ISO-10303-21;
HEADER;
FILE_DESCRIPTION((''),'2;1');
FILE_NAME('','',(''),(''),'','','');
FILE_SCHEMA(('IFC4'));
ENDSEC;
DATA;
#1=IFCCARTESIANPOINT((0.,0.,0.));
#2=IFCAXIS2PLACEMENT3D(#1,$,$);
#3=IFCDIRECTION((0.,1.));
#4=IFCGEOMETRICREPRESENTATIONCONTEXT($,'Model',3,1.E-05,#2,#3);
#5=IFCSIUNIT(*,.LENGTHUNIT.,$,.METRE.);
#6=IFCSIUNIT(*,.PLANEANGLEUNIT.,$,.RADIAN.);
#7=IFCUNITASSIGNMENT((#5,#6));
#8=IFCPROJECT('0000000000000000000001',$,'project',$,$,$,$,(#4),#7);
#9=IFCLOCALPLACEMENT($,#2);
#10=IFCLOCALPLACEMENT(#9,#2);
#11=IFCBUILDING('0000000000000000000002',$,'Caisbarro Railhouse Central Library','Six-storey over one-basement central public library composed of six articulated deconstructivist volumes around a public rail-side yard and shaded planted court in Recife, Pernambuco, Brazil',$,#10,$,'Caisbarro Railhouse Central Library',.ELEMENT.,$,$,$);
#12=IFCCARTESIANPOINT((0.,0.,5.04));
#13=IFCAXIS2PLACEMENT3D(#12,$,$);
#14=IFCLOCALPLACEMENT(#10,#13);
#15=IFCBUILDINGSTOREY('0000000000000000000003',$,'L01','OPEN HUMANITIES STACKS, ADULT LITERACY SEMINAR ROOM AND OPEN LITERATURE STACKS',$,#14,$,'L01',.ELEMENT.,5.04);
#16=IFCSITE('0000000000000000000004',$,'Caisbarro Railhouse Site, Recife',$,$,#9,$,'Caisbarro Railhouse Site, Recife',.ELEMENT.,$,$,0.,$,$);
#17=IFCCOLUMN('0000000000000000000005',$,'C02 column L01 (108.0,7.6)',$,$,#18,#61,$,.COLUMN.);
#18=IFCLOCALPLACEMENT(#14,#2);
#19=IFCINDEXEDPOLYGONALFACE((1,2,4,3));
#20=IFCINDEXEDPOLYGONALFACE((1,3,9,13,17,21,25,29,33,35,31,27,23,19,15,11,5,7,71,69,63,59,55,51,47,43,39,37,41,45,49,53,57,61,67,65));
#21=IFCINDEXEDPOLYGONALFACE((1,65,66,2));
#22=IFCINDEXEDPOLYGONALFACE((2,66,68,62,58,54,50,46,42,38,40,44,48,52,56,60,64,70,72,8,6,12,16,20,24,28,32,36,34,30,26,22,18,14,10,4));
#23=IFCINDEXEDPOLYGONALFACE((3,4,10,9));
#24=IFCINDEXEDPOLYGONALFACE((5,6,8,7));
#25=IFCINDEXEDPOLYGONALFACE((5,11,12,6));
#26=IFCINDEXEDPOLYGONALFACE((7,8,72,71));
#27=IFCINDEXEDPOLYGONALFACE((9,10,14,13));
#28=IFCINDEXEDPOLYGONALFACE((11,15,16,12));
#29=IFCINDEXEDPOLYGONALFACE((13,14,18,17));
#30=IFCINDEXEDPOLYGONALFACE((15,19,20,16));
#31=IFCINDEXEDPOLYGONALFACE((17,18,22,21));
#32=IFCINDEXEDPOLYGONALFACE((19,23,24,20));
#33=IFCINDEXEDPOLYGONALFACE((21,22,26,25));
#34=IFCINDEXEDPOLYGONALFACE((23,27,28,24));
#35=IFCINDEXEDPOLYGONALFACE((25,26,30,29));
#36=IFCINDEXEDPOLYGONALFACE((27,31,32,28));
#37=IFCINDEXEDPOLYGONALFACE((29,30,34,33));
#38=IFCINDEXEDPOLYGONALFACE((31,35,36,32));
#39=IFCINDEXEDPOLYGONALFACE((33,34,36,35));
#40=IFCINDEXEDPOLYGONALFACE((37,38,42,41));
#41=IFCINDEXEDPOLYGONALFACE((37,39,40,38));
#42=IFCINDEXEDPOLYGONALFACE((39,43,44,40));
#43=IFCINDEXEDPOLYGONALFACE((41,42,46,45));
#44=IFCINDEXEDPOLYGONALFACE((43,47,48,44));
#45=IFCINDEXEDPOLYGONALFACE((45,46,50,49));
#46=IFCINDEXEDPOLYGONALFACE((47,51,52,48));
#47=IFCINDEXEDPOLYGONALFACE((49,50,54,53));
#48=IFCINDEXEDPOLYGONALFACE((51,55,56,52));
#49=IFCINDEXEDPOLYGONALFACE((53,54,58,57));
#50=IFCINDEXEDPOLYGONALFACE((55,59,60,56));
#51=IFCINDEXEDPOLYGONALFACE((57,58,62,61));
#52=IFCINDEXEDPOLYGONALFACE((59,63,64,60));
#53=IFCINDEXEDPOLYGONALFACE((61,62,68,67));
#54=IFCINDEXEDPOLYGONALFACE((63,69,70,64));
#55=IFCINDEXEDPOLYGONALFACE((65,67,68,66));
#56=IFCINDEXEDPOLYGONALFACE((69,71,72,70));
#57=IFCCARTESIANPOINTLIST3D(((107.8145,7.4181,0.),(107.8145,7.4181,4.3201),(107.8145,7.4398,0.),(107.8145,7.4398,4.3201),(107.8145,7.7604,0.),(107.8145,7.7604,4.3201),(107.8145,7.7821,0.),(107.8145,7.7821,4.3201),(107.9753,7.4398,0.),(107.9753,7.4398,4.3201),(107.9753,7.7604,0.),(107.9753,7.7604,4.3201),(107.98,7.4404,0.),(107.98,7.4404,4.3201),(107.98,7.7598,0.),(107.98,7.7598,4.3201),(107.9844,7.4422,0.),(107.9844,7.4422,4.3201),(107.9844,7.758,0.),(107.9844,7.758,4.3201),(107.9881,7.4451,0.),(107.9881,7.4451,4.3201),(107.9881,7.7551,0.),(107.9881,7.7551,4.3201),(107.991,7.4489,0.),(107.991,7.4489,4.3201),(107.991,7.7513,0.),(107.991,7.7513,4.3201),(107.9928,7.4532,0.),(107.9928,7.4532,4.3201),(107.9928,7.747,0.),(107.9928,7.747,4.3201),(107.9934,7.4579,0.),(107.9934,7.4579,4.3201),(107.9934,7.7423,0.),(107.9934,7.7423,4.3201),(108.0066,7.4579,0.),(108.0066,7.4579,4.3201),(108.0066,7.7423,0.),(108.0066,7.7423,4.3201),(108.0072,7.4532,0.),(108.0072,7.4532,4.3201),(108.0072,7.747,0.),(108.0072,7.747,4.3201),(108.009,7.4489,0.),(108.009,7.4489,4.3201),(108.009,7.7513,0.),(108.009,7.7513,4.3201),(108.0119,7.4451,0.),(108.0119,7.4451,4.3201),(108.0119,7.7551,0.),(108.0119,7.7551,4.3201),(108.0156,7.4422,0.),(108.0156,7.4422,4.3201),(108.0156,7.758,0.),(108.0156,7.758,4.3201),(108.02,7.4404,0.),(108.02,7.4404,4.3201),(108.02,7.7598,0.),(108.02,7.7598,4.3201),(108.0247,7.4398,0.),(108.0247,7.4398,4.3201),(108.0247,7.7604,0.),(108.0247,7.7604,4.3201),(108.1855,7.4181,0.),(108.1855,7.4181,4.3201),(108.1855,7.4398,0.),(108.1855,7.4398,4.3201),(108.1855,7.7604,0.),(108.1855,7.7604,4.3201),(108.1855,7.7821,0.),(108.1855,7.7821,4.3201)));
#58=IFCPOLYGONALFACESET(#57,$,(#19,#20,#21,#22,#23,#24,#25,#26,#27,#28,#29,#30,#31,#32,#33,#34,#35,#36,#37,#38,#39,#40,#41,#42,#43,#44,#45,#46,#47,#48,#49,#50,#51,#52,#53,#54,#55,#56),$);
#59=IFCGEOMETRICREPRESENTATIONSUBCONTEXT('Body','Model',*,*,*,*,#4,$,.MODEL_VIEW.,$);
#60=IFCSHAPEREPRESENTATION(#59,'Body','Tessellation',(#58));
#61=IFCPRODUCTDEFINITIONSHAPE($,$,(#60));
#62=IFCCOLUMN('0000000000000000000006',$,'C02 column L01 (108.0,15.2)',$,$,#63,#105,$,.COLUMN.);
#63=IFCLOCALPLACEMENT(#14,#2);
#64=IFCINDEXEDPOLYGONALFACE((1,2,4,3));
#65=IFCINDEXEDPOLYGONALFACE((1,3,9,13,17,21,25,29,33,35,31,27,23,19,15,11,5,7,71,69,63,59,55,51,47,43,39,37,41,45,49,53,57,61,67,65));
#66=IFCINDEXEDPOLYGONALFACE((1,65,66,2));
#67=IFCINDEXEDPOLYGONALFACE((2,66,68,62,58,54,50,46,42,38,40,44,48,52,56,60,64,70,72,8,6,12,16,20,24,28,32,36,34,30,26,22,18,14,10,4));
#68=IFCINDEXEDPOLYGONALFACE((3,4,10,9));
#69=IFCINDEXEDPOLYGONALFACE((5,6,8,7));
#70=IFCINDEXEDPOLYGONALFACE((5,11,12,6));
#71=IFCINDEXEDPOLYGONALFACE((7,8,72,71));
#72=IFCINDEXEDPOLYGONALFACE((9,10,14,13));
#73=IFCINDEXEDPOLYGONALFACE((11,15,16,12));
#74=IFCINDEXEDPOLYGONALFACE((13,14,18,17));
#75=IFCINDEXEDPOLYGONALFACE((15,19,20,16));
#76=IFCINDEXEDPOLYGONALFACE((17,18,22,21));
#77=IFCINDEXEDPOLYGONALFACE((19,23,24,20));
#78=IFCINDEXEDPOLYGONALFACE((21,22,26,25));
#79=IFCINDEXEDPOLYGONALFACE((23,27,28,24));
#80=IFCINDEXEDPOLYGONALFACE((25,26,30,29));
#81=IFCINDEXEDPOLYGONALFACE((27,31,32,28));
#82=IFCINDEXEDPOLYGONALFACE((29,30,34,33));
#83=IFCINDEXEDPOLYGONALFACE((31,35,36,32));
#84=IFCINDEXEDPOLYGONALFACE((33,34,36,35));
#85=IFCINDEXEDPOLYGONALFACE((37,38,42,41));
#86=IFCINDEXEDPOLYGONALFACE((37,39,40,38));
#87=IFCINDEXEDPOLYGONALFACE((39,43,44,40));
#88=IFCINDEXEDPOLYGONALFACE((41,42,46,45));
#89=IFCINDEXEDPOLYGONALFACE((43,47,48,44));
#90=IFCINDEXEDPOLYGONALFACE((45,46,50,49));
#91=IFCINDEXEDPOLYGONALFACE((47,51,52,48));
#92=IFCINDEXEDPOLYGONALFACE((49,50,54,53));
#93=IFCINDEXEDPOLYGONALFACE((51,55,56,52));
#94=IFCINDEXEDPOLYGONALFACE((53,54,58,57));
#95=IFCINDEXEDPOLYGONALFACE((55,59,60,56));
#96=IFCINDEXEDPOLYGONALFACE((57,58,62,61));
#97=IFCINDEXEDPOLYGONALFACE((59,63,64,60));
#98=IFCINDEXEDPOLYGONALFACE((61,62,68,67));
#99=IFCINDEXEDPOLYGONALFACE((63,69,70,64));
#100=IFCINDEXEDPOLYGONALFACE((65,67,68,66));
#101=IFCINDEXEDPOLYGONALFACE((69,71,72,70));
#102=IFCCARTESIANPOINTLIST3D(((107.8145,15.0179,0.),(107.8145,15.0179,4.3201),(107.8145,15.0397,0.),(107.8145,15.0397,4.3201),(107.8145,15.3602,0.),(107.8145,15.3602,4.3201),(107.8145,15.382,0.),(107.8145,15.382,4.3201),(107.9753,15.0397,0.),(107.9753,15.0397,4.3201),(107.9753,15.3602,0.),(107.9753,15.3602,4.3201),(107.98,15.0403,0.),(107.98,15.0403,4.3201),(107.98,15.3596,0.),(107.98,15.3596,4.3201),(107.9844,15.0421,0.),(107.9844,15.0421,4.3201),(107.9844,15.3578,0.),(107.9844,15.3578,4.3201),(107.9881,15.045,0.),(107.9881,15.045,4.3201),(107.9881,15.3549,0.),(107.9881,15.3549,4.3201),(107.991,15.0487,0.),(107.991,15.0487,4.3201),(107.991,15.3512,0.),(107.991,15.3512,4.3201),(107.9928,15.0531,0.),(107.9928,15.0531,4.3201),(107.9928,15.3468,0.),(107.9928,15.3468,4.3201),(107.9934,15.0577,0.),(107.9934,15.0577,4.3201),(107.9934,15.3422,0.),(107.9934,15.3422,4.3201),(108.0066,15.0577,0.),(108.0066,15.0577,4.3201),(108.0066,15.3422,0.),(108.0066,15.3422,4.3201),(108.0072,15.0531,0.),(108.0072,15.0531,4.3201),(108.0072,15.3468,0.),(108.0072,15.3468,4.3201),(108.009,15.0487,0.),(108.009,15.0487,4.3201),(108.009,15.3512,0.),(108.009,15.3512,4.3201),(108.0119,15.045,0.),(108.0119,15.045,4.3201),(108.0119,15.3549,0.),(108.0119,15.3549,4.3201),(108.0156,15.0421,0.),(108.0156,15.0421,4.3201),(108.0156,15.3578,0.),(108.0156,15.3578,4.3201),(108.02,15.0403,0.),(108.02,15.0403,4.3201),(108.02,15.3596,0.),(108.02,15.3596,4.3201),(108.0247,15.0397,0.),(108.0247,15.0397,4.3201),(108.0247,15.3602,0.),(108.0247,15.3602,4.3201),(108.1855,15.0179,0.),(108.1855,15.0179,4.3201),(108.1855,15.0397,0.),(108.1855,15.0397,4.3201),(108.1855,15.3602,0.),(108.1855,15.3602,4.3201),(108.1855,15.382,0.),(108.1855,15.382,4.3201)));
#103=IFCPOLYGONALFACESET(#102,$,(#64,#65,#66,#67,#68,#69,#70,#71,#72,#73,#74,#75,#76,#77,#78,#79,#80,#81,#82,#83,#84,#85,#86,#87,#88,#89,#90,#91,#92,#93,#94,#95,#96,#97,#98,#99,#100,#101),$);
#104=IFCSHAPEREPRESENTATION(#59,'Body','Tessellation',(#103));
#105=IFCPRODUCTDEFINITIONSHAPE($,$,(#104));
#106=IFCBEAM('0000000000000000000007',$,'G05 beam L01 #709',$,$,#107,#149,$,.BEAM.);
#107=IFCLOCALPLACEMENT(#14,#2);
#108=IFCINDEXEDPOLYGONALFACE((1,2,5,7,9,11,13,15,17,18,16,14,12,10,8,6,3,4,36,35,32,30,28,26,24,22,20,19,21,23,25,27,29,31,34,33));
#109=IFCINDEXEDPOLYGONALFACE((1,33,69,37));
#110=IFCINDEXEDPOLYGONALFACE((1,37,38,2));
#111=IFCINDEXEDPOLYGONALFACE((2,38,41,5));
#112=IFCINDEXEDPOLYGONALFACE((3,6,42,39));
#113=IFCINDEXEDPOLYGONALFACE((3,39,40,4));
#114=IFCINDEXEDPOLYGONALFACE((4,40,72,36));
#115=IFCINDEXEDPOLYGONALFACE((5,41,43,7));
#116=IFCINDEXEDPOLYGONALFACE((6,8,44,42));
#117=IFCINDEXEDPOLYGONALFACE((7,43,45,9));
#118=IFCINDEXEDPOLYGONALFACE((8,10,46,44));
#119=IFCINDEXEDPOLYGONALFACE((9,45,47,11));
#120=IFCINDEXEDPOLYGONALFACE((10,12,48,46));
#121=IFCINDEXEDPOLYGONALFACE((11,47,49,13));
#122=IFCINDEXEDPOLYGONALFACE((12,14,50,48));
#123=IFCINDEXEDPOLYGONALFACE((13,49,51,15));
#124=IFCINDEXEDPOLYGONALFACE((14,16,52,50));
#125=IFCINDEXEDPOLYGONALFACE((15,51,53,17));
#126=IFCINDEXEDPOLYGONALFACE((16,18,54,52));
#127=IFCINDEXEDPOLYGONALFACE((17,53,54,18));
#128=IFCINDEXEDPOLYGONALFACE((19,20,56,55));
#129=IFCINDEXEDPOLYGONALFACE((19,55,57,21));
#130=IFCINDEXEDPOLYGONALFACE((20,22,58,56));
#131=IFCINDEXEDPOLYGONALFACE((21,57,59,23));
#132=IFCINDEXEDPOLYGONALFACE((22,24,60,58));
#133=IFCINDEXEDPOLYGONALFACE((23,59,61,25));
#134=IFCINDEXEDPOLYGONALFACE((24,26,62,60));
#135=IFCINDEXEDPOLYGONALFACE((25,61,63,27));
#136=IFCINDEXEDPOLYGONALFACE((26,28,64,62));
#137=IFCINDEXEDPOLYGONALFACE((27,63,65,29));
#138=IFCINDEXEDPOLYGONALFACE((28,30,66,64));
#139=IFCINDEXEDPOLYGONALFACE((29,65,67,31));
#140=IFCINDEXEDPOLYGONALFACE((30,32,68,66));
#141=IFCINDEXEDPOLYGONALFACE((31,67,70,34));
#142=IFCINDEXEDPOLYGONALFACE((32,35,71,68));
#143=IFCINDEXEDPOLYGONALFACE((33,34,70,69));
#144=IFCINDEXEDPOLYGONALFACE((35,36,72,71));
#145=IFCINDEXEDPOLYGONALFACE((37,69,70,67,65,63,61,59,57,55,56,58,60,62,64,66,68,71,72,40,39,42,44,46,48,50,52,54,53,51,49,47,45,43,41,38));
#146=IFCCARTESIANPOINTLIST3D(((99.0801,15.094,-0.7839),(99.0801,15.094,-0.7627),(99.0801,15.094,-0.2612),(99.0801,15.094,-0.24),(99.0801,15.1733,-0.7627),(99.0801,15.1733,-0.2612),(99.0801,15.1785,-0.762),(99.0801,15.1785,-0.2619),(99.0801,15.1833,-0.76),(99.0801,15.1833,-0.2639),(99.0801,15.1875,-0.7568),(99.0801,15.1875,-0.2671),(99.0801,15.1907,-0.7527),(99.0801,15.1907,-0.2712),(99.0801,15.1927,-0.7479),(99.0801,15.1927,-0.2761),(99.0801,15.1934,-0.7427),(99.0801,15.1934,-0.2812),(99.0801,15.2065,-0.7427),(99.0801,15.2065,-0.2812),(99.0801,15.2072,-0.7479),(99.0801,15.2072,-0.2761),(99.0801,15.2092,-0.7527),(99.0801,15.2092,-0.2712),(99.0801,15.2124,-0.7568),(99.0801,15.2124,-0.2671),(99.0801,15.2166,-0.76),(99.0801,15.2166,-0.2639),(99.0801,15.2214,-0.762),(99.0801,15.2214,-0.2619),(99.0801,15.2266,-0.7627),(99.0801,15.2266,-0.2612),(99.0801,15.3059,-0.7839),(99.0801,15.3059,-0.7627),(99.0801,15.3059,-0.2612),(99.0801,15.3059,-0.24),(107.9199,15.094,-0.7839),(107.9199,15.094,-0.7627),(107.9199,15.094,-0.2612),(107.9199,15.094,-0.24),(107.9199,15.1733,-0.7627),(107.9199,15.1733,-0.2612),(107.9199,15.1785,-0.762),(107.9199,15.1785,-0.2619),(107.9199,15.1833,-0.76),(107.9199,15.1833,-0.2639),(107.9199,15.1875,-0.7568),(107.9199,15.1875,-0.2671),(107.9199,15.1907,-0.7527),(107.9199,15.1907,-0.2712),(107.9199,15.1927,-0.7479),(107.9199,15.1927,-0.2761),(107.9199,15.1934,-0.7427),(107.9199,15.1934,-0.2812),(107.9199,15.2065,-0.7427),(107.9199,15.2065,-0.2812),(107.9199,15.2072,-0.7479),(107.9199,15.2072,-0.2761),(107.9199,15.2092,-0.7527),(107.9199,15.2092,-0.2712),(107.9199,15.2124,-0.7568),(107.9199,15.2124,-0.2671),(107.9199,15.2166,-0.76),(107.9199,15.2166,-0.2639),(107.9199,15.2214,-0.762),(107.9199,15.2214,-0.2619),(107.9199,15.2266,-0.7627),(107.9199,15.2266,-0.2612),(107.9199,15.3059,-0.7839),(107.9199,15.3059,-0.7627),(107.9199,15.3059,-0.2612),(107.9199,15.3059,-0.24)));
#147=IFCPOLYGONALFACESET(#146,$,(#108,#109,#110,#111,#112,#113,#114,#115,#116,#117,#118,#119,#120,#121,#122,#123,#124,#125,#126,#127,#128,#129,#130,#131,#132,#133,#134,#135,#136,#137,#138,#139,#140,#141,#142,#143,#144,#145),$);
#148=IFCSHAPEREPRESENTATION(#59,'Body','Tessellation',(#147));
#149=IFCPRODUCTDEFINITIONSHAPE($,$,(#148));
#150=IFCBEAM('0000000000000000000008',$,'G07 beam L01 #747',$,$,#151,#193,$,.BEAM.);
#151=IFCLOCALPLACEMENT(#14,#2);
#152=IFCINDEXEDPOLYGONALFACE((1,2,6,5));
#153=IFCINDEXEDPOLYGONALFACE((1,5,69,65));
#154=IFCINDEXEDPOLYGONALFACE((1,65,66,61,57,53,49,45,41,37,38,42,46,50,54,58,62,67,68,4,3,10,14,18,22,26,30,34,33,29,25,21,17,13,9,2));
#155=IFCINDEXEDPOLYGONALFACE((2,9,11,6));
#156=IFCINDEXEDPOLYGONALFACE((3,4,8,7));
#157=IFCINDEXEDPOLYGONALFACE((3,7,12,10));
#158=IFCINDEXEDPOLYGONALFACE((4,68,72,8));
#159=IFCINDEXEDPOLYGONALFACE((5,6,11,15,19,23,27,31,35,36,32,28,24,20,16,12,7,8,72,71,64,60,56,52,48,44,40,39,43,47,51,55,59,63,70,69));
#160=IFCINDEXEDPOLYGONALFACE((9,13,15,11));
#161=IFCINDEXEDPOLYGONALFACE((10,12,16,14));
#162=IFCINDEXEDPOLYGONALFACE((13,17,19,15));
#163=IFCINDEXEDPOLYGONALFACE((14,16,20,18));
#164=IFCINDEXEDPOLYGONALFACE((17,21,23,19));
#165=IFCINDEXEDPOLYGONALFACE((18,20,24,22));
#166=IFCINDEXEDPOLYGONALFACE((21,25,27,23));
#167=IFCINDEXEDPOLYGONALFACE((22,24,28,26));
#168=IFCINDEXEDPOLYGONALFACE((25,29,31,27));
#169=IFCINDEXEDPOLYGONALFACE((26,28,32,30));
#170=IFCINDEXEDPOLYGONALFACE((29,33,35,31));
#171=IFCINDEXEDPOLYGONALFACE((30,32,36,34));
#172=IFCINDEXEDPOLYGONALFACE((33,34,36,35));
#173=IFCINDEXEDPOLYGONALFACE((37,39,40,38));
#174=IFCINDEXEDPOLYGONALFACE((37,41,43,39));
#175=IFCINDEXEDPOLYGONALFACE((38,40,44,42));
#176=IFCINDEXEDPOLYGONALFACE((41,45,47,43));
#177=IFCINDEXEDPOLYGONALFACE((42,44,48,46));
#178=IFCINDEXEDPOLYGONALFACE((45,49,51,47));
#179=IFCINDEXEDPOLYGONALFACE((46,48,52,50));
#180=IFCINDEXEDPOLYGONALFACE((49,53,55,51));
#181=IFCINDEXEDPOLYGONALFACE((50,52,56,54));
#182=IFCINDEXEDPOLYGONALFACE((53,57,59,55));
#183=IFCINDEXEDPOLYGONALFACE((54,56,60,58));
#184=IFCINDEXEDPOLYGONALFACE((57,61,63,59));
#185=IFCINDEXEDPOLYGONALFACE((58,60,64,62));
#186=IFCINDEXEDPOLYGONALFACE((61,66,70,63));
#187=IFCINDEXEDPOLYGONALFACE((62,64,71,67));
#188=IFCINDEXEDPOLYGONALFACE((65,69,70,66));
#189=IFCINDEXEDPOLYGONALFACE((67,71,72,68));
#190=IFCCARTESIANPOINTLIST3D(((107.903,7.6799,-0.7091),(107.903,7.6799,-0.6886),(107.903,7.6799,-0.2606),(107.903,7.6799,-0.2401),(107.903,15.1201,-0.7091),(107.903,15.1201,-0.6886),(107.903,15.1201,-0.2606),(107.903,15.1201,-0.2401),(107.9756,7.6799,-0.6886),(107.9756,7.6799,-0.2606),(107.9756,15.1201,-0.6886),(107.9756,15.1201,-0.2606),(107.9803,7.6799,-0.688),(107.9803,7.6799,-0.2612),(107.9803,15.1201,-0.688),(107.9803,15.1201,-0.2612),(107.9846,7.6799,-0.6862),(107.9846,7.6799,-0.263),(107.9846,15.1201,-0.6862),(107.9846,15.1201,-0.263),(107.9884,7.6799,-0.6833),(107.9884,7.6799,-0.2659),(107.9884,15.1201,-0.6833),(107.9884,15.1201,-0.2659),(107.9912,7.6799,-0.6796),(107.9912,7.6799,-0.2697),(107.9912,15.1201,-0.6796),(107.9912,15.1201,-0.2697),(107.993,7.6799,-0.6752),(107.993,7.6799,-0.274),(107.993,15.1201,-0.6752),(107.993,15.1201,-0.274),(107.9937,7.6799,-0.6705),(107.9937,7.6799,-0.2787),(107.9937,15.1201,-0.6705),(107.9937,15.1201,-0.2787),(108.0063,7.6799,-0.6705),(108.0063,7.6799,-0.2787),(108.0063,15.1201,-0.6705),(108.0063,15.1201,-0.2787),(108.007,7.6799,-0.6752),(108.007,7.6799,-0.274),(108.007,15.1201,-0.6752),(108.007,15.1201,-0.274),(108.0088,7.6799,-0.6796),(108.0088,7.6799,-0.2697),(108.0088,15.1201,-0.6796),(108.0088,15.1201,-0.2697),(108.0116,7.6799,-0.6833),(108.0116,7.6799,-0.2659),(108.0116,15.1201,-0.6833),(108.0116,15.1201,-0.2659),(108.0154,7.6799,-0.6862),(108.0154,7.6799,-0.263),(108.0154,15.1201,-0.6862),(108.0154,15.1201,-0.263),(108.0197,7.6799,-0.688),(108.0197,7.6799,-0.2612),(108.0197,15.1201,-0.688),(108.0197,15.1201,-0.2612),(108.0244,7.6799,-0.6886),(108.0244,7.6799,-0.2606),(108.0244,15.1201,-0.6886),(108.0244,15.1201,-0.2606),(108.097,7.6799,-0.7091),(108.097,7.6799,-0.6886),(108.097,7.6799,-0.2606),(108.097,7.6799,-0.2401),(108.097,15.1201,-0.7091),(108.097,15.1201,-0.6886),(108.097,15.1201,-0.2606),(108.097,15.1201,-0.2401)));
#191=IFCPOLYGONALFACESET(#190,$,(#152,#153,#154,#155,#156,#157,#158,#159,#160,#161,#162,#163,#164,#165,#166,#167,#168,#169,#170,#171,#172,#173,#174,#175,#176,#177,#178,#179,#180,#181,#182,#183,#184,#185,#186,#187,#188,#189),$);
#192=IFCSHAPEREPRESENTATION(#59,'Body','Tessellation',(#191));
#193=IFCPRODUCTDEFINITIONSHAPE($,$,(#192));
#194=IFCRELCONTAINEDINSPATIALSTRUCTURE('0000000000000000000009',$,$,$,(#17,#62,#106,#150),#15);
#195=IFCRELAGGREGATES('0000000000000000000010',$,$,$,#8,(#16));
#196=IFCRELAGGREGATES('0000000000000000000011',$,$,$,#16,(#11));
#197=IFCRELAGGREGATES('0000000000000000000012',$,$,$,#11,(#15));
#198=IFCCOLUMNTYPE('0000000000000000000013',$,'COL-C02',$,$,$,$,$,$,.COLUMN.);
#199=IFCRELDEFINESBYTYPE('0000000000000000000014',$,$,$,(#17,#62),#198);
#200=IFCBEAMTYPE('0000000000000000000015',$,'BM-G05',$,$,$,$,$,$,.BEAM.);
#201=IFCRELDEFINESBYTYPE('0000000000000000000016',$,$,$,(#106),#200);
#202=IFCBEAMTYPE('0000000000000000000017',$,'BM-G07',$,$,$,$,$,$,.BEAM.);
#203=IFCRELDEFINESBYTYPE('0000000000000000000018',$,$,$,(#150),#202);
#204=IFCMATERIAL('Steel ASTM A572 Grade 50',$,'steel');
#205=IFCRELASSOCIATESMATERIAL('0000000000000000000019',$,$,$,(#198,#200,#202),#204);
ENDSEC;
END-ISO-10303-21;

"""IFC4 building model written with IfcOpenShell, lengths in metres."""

from ifc_helpers import new_model, si_unit, direction, frame, origin, origin_2d, place, context, subcontext, project, spatial, i_section, extrude, material, material_profile, profile_set, type_object, element, save


model = new_model("IFC4")

# Units and contexts
model_context = context("Model", 3, precision=1e-05, world=origin(), true_north=direction((0.0, 1.0)))
body_context = subcontext(model_context, "Body", "Model", "MODEL_VIEW")
ifc_project = project(units=[si_unit("LENGTHUNIT", "METRE"), si_unit("PLANEANGLEUNIT", "RADIAN")], contexts=[model_context])

# Site, building, storey
site_placement = place(None, origin())
site = spatial("IfcSite", under=ifc_project, at=site_placement, Name="Caisbarro Railhouse Site, Recife", LongName="Caisbarro Railhouse Site, Recife", CompositionType="ELEMENT", RefElevation=0.0)
building_placement = place(site_placement, origin())
building = spatial("IfcBuilding", under=site, at=building_placement, Name="Caisbarro Railhouse Central Library", Description="Six-storey over one-basement central public library composed of six articulated deconstructivist volumes around a public rail-side yard and shaded planted court in Recife, Pernambuco, Brazil", LongName="Caisbarro Railhouse Central Library", CompositionType="ELEMENT")
storey_placement = place(building_placement, frame((0.0, 0.0, 5.04)))
storey = spatial("IfcBuildingStorey", under=building, at=storey_placement, Name="L01", Description="OPEN HUMANITIES STACKS, ADULT LITERACY SEMINAR ROOM AND OPEN LITERATURE STACKS", LongName="L01", CompositionType="ELEMENT", Elevation=5.04)

# Columns
ifc_material_1 = material(Name="Steel ASTM A572 Grade 50", Category="steel")
ifc_material_profile_1 = material_profile(ifc_material_1, i_section(OverallWidth=0.3711, OverallDepth=0.364, WebThickness=0.0132, FlangeThickness=0.0217, FilletRadius=0.0181, at=origin_2d()), Name="W360X162.0")
ifc_profile_set_1 = profile_set([ifc_material_profile_1], Name="Steel ASTM A572 Grade 50")
column_type = type_object("IfcColumnType", Name="COL-C02", PredefinedType="COLUMN", material=ifc_profile_set_1)
for number, where, z_axis, x_axis, name in (
    (1, (108.0, 7.6001, 0.0), (0.0, 0.0, 1.0), (1.0, 0.0, 0.0), "C02 column L01 (108.0,7.6)"),
    (2, (108.0, 15.2, 0.0), (0.0, 0.0, 1.0), (1.0, 0.0, 0.0), "C02 column L01 (108.0,15.2)"),
):
    element("IfcColumn", number, at=place(storey_placement, frame(where, z_axis=z_axis, x_axis=x_axis)), inside=storey, type_object=column_type, Name=name, PredefinedType="COLUMN", context=body_context, shape_type="SweptSolid", body=[
        extrude(i_section(OverallWidth=0.3711, OverallDepth=0.364, WebThickness=0.0132, FlangeThickness=0.0217, FilletRadius=0.0181, at=origin_2d()), origin(), (0.0, 0.0, 1.0), 4.3201),
    ])

# Beams
ifc_material_profile_2 = material_profile(ifc_material_1, i_section(OverallWidth=0.2119, OverallDepth=0.5439, WebThickness=0.0132, FlangeThickness=0.0212, FilletRadius=0.02, at=origin_2d()), Name="W530X123.0")
ifc_profile_set_2 = profile_set([ifc_material_profile_2], Name="Steel ASTM A572 Grade 50")
beam_type_1 = type_object("IfcBeamType", Name="BM-G05", PredefinedType="BEAM", material=ifc_profile_set_2)
beam_1_placement = place(storey_placement, frame((99.0801, 15.2, -0.512), z_axis=(1.0, 0.0, 0.0), x_axis=(0.0, 1.0, 0.0)))
element("IfcBeam", 3, at=beam_1_placement, inside=storey, type_object=beam_type_1, Name="G05 beam L01 #709", PredefinedType="BEAM", context=body_context, shape_type="SweptSolid", body=[
    extrude(i_section(OverallWidth=0.2119, OverallDepth=0.5439, WebThickness=0.0132, FlangeThickness=0.0212, FilletRadius=0.02, at=origin_2d()), origin(), (0.0, 0.0, 1.0), 8.8398),
])
ifc_material_profile_3 = material_profile(ifc_material_1, i_section(OverallWidth=0.1941, OverallDepth=0.469, WebThickness=0.0127, FlangeThickness=0.0205, FilletRadius=0.0181, at=origin_2d()), Name="W460X106.0")
ifc_profile_set_3 = profile_set([ifc_material_profile_3], Name="Steel ASTM A572 Grade 50")
beam_type_2 = type_object("IfcBeamType", Name="BM-G07", PredefinedType="BEAM", material=ifc_profile_set_3)
beam_2_placement = place(storey_placement, frame((108.0, 7.6799, -0.4746), z_axis=(0.0, 1.0, 0.0), x_axis=(-1.0, 0.0, 0.0)))
element("IfcBeam", 4, at=beam_2_placement, inside=storey, type_object=beam_type_2, Name="G07 beam L01 #747", PredefinedType="BEAM", context=body_context, shape_type="SweptSolid", body=[
    extrude(i_section(OverallWidth=0.1941, OverallDepth=0.469, WebThickness=0.0127, FlangeThickness=0.0205, FilletRadius=0.0181, at=origin_2d()), origin(), (0.0, 0.0, 1.0), 7.4402),
])

save(model, "model.ifc")
